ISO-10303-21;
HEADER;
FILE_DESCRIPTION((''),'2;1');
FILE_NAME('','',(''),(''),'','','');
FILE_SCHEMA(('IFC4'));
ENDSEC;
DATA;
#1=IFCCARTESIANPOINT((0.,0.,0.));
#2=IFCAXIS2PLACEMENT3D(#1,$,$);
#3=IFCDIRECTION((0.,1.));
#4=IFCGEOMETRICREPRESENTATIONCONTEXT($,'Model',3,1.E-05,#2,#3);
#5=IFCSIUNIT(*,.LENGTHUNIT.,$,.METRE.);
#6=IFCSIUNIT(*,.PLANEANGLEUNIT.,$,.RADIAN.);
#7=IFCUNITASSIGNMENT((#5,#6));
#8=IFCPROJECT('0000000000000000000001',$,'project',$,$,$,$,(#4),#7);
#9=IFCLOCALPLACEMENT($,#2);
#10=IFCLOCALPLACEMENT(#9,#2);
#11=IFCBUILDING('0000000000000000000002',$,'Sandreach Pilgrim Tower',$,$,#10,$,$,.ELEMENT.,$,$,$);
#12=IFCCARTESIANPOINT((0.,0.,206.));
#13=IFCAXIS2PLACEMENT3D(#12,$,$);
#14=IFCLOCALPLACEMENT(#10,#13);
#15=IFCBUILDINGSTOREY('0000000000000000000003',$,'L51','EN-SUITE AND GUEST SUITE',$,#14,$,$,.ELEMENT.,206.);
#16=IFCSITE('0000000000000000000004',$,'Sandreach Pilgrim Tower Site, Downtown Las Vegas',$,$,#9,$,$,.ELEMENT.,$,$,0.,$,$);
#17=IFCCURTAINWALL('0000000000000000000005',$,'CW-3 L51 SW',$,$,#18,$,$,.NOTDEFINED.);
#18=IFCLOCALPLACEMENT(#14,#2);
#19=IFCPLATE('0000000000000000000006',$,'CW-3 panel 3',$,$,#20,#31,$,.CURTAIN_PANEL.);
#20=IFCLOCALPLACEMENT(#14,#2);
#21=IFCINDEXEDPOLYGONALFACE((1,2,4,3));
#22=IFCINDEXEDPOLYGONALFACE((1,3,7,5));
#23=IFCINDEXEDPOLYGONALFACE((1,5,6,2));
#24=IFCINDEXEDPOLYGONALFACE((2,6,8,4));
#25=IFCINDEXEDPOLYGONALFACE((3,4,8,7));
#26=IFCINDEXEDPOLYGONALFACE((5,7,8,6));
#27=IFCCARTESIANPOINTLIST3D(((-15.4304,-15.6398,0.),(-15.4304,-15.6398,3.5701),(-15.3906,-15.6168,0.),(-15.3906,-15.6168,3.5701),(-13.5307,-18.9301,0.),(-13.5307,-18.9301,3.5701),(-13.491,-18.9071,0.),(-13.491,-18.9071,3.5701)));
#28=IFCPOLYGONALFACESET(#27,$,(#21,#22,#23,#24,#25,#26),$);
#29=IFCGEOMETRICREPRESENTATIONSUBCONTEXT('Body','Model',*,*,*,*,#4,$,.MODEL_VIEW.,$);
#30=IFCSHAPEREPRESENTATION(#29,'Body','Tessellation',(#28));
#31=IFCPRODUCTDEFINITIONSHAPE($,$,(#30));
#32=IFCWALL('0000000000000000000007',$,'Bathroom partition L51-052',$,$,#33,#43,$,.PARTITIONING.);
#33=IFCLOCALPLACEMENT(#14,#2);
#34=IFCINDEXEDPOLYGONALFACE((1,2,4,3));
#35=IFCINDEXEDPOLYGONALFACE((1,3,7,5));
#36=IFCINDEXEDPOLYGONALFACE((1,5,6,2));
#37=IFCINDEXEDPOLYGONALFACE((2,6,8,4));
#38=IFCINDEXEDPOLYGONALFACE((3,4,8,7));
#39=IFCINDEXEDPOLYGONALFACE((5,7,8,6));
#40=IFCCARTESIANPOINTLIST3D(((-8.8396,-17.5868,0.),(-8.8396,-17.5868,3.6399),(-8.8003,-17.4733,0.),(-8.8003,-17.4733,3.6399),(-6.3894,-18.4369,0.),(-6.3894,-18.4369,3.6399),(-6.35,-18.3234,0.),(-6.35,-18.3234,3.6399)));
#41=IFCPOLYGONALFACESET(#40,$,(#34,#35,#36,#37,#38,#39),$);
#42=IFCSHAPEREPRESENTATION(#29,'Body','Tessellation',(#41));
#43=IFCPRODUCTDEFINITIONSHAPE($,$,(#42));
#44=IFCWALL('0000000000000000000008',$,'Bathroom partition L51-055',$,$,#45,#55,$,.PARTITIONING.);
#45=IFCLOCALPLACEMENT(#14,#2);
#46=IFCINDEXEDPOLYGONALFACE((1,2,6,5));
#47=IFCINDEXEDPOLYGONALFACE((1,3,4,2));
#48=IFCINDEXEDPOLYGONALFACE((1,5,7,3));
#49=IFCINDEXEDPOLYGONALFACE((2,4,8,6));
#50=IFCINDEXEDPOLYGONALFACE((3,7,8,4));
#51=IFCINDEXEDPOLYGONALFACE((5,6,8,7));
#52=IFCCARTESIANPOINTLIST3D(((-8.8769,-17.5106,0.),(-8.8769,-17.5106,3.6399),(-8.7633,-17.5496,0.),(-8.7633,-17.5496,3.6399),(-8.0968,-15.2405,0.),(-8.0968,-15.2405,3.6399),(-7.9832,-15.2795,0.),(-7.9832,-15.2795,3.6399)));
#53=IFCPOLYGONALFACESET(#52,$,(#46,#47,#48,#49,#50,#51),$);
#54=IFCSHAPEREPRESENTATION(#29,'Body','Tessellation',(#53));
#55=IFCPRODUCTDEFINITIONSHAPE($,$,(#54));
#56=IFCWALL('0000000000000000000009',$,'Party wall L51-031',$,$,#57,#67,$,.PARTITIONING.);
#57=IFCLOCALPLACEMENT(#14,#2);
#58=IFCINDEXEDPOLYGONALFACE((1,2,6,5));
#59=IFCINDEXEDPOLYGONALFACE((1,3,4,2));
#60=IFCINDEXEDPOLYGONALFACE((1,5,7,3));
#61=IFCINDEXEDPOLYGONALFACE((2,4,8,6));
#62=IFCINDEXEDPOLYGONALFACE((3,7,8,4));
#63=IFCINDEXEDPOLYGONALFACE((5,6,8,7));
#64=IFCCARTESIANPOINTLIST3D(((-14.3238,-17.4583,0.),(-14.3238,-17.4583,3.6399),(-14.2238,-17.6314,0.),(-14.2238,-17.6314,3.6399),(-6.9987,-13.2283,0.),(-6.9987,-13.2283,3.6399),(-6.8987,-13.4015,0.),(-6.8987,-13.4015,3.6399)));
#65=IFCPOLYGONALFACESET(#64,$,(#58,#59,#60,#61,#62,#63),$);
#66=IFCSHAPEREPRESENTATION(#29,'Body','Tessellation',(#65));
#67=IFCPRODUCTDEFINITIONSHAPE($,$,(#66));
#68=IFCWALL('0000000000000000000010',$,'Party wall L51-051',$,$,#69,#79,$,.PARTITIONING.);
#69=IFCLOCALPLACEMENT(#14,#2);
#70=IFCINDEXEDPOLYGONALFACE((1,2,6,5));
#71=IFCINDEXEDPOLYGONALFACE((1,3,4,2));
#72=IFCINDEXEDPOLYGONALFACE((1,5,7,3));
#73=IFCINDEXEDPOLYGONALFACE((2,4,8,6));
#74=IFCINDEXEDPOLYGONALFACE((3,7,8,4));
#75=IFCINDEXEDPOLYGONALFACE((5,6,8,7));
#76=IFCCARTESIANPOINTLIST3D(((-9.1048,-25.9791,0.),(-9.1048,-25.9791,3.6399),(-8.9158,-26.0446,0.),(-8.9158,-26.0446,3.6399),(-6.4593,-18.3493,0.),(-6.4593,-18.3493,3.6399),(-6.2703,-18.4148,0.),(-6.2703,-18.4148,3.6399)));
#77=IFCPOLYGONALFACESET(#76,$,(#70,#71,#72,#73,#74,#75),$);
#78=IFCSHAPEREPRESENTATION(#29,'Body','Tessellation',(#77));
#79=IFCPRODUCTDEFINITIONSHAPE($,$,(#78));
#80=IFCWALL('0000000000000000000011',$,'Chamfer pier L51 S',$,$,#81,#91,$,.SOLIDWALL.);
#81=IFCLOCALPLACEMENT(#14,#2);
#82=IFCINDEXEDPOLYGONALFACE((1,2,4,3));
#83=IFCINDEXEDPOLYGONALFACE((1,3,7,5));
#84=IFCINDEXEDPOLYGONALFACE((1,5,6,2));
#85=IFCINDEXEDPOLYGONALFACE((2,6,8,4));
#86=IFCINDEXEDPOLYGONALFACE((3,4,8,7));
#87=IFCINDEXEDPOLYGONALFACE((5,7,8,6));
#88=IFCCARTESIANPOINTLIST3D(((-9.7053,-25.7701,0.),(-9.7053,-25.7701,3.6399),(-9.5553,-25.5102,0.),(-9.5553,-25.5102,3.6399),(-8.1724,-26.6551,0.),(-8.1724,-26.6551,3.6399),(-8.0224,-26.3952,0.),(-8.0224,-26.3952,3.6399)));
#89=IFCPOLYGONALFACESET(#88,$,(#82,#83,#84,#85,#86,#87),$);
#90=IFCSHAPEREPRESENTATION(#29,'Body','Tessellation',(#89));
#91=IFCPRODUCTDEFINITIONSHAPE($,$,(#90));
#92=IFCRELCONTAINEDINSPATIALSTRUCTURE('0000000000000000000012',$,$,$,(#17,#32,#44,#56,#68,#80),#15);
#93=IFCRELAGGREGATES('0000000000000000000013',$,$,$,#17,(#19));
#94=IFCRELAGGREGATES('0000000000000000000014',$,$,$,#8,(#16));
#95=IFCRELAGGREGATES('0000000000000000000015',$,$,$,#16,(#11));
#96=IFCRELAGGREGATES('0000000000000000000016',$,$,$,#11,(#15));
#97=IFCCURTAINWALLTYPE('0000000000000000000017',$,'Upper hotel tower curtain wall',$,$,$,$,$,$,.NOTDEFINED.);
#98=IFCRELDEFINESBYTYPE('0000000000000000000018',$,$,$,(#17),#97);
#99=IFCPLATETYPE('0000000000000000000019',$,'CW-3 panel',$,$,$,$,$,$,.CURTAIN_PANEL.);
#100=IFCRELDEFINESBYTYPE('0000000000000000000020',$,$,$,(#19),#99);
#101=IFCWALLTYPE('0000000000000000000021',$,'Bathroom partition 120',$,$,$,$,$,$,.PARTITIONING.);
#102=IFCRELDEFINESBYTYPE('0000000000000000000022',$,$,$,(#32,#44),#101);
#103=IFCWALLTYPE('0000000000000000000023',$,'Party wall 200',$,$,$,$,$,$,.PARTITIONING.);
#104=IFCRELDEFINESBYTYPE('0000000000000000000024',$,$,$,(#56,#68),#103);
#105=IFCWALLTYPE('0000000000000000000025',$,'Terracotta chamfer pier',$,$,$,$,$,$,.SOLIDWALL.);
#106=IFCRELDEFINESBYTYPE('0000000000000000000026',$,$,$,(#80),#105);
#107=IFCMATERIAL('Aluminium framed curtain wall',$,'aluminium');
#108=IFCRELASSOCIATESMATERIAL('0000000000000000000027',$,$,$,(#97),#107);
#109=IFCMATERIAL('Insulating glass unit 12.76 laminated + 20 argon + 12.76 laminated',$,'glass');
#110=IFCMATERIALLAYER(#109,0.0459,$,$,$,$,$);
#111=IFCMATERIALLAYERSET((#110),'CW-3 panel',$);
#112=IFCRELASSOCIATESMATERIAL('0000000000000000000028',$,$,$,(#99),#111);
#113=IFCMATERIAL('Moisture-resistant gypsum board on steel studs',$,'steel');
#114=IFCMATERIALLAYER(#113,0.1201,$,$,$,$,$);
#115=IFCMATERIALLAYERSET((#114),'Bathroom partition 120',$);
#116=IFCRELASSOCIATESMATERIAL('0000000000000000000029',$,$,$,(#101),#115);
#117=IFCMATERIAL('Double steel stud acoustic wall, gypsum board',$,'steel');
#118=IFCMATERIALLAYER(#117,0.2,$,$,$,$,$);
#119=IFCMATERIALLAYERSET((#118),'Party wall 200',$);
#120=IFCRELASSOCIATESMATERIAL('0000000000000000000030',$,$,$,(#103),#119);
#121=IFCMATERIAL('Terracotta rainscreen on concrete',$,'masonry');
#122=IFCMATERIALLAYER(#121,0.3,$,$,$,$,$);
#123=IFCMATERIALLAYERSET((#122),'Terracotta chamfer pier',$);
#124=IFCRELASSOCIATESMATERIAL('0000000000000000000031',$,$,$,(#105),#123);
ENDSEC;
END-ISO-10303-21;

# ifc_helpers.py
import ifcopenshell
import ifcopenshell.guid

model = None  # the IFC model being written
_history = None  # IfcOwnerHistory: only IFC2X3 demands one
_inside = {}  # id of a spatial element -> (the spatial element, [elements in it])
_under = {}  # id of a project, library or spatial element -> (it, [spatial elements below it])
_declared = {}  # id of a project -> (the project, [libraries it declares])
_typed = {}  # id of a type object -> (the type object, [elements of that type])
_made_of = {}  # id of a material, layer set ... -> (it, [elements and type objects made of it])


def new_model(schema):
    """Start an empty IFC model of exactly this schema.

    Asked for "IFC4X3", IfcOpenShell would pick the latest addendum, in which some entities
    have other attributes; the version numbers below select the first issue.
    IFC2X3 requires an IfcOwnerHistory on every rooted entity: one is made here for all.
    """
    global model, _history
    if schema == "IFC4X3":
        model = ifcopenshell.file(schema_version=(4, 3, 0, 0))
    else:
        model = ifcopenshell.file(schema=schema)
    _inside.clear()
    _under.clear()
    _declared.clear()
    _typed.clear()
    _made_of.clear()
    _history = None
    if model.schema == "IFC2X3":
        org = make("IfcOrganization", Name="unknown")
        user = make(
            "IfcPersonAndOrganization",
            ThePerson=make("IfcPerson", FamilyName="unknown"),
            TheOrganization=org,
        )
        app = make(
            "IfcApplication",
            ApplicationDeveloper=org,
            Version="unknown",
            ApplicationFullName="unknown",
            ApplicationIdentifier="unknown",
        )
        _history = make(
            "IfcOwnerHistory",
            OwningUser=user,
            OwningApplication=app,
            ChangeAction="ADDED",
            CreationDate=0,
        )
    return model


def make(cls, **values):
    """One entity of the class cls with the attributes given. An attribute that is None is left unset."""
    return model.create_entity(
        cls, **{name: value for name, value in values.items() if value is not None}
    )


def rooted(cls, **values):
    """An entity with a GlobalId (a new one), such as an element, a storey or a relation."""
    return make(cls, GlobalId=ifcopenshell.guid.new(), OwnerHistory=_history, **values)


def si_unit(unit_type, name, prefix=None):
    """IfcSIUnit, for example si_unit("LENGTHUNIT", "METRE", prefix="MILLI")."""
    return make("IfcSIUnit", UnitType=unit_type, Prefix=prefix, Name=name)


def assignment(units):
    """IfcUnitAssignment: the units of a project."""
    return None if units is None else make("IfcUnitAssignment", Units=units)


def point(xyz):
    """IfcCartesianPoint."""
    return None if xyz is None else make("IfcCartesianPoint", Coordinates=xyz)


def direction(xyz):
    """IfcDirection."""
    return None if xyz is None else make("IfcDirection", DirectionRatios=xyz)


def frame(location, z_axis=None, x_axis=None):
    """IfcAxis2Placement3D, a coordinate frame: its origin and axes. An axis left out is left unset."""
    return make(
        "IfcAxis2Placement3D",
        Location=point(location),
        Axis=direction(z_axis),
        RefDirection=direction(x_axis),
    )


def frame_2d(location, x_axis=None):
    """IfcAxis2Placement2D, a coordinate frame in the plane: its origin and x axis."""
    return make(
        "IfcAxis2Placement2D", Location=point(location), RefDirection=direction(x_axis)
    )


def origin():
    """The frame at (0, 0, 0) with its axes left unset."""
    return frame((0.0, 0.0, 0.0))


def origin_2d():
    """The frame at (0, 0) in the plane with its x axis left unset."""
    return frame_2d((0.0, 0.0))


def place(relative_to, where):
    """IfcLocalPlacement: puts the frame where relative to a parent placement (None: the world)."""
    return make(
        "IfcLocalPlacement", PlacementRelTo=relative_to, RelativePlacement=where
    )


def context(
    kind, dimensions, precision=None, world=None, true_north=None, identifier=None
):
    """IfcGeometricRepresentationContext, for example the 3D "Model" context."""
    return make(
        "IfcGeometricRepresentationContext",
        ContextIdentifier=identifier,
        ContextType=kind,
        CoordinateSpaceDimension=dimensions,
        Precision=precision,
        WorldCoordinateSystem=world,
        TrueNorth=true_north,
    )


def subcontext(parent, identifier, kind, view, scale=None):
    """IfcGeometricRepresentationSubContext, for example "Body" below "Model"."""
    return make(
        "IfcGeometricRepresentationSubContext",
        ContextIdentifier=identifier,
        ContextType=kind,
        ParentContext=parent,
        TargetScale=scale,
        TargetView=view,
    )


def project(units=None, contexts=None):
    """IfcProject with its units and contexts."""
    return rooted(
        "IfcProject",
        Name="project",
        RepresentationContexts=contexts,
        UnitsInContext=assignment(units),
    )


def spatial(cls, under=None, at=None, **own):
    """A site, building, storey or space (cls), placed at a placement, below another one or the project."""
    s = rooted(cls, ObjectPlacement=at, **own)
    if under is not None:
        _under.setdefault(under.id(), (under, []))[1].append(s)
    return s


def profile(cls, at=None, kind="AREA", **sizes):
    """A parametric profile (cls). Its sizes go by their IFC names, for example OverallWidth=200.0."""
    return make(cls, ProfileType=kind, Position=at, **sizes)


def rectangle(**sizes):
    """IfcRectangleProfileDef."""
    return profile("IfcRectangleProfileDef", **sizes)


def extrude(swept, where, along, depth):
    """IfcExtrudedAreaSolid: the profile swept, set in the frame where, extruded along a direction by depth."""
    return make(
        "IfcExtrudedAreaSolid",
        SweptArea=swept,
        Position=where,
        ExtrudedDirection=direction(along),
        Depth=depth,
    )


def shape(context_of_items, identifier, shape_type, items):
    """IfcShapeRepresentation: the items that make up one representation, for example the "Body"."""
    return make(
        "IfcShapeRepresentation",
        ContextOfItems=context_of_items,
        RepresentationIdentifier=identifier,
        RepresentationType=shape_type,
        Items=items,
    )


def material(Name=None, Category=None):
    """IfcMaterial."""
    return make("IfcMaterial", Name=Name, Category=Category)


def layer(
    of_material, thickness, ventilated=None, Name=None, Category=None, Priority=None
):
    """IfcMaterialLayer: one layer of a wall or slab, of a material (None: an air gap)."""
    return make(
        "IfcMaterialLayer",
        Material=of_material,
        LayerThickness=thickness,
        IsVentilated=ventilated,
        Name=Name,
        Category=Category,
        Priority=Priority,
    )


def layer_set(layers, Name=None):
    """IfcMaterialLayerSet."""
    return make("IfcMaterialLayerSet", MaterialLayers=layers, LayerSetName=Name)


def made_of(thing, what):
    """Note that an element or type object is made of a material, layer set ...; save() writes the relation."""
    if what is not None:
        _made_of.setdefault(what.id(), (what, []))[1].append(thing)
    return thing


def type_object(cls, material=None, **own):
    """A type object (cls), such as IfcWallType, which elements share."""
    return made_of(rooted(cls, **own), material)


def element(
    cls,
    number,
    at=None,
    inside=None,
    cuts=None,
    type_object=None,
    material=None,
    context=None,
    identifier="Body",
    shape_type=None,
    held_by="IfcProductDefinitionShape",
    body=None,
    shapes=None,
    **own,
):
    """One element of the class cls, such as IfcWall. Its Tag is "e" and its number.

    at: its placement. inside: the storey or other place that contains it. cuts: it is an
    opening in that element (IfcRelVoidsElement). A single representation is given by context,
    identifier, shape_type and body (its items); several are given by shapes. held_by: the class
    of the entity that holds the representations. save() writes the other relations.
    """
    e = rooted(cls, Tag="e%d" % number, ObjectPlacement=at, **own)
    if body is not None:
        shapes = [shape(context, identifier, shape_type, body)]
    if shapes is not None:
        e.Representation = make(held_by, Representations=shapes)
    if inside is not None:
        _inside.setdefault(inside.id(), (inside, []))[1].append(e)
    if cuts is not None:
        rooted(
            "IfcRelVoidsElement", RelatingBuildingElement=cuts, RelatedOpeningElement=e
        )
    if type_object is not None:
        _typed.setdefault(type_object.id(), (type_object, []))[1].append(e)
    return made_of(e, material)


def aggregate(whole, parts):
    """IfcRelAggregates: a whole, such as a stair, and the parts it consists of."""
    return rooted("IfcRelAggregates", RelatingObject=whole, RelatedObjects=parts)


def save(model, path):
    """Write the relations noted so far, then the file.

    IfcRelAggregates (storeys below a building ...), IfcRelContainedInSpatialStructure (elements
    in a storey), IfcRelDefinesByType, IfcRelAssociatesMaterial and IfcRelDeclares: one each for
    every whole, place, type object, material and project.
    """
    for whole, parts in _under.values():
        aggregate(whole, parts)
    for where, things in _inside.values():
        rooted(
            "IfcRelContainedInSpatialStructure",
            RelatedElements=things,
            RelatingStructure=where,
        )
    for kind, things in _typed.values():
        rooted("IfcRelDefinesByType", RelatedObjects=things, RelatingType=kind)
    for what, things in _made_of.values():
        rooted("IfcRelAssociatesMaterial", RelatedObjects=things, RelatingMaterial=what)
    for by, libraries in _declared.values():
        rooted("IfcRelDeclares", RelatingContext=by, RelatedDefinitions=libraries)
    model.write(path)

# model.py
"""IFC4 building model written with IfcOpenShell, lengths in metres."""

from ifc_helpers import new_model, si_unit, direction, frame, frame_2d, origin, origin_2d, place, context, subcontext, project, spatial, rectangle, extrude, material, layer, layer_set, type_object, element, aggregate, save


model = new_model("IFC4")

# Units and contexts
model_context = context("Model", 3, precision=1e-05, world=origin(), true_north=direction((0.0, 1.0)))
body_context = subcontext(model_context, "Body", "Model", "MODEL_VIEW")
ifc_project = project(units=[si_unit("LENGTHUNIT", "METRE"), si_unit("PLANEANGLEUNIT", "RADIAN")], contexts=[model_context])

# Site, building, storey
site_placement = place(None, origin())
site = spatial("IfcSite", under=ifc_project, at=site_placement, Name="Sandreach Pilgrim Tower Site, Downtown Las Vegas", CompositionType="ELEMENT", RefElevation=0.0)
building_placement = place(site_placement, origin())
building = spatial("IfcBuilding", under=site, at=building_placement, Name="Sandreach Pilgrim Tower", CompositionType="ELEMENT")
storey_placement = place(building_placement, frame((0.0, 0.0, 206.0)))
storey = spatial("IfcBuildingStorey", under=building, at=storey_placement, Name="L51", Description="EN-SUITE AND GUEST SUITE", CompositionType="ELEMENT", Elevation=206.0)

# Shared definitions
ifc_material_1 = material(Name="Aluminium framed curtain wall", Category="aluminium")
curtain_wall_type = type_object("IfcCurtainWallType", Name="Upper hotel tower curtain wall", PredefinedType="NOTDEFINED", material=ifc_material_1)

# Curtain wall
curtain_wall_1_placement = place(storey_placement, origin())
curtain_wall_1 = element("IfcCurtainWall", 1, at=curtain_wall_1_placement, inside=storey, type_object=curtain_wall_type, Name="CW-3 L51 SW", PredefinedType="NOTDEFINED")

# Plate
ifc_material_2 = material(Name="Insulating glass unit 12.76 laminated + 20 argon + 12.76 laminated", Category="glass")
ifc_layer_1 = layer(ifc_material_2, 0.0459)
ifc_layer_set_1 = layer_set([ifc_layer_1], Name="CW-3 panel")
plate_type = type_object("IfcPlateType", Name="CW-3 panel", PredefinedType="CURTAIN_PANEL", material=ifc_layer_set_1)
plate_1_placement = place(storey_placement, frame((-14.4607, -17.2734, 0.0), z_axis=(0.0, 0.0, 1.0), x_axis=(-0.5, 0.866025, 0.0)))
plate_1 = element("IfcPlate", 2, at=plate_1_placement, type_object=plate_type, Name="CW-3 panel 3", PredefinedType="CURTAIN_PANEL", context=body_context, shape_type="SweptSolid", body=[
    extrude(rectangle(XDim=3.7993, YDim=0.0459, at=origin_2d()), origin(), (0.0, 0.0, 1.0), 3.5701),
])
aggregate(curtain_wall_1, [plate_1])

# Walls
ifc_material_3 = material(Name="Moisture-resistant gypsum board on steel studs", Category="steel")
ifc_layer_2 = layer(ifc_material_3, 0.1201)
ifc_layer_set_2 = layer_set([ifc_layer_2], Name="Bathroom partition 120")
wall_type_1 = type_object("IfcWallType", Name="Bathroom partition 120", PredefinedType="PARTITIONING", material=ifc_layer_set_2)
wall_1_placement = place(storey_placement, frame((-8.8201, -17.53, 0.0), z_axis=(0.0, 0.0, 1.0), x_axis=(0.944753, -0.327783, 0.0)))
element("IfcWall", 3, at=wall_1_placement, inside=storey, type_object=wall_type_1, Name="Bathroom partition L51-052", PredefinedType="PARTITIONING", context=body_context, shape_type="SweptSolid", body=[
    extrude(rectangle(XDim=2.5935, YDim=0.1201, at=frame_2d((1.2969, 0.0))), origin(), (0.0, 0.0, 1.0), 3.6399),
])
wall_2_placement = place(storey_placement, frame((-8.04, -15.26, 0.0), z_axis=(0.0, 0.0, 1.0), x_axis=(-0.324972, -0.945724, 0.0)))
element("IfcWall", 4, at=wall_2_placement, inside=storey, type_object=wall_type_1, Name="Bathroom partition L51-055", PredefinedType="PARTITIONING", context=body_context, shape_type="SweptSolid", body=[
    extrude(rectangle(XDim=2.4004, YDim=0.1201, at=frame_2d((1.2002, 0.0))), origin(), (0.0, 0.0, 1.0), 3.6399),
])
ifc_material_4 = material(Name="Double steel stud acoustic wall, gypsum board", Category="steel")
ifc_layer_3 = layer(ifc_material_4, 0.2)
ifc_layer_set_3 = layer_set([ifc_layer_3], Name="Party wall 200")
wall_type_2 = type_object("IfcWallType", Name="Party wall 200", PredefinedType="PARTITIONING", material=ifc_layer_set_3)
wall_3_placement = place(storey_placement, frame((-14.2739, -17.5449, 0.0), z_axis=(0.0, 0.0, 1.0), x_axis=(0.865986, 0.500069, 0.0)))
element("IfcWall", 5, at=wall_3_placement, inside=storey, type_object=wall_type_2, Name="Party wall L51-031", PredefinedType="PARTITIONING", context=body_context, shape_type="SweptSolid", body=[
    extrude(rectangle(XDim=8.4587, YDim=0.2, at=frame_2d((4.2295, 0.0))), origin(), (0.0, 0.0, 1.0), 3.6399),
])
wall_4_placement = place(storey_placement, frame((-9.0103, -26.0117, 0.0), z_axis=(0.0, 0.0, 1.0), x_axis=(0.327596, 0.944818, 0.0)))
element("IfcWall", 6, at=wall_4_placement, inside=storey, type_object=wall_type_2, Name="Party wall L51-051", PredefinedType="PARTITIONING", context=body_context, shape_type="SweptSolid", body=[
    extrude(rectangle(XDim=8.0754, YDim=0.2, at=frame_2d((4.0376, 0.0))), origin(), (0.0, 0.0, 1.0), 3.6399),
])
ifc_material_5 = material(Name="Terracotta rainscreen on concrete", Category="masonry")
ifc_layer_4 = layer(ifc_material_5, 0.3)
ifc_layer_set_4 = layer_set([ifc_layer_4], Name="Terracotta chamfer pier")
wall_type_3 = type_object("IfcWallType", Name="Terracotta chamfer pier", PredefinedType="SOLIDWALL", material=ifc_layer_set_4)
wall_5_placement = place(storey_placement, frame((-8.0974, -26.5251, 0.0), z_axis=(0.0, 0.0, 1.0), x_axis=(-0.866036, 0.499981, 0.0)))
element("IfcWall", 7, at=wall_5_placement, inside=storey, type_object=wall_type_3, Name="Chamfer pier L51 S", PredefinedType="SOLIDWALL", context=body_context, shape_type="SweptSolid", body=[
    extrude(rectangle(XDim=1.77, YDim=0.3, at=frame_2d((0.885, 0.0))), origin(), (0.0, 0.0, 1.0), 3.6399),
])

save(model, "model.ifc")
